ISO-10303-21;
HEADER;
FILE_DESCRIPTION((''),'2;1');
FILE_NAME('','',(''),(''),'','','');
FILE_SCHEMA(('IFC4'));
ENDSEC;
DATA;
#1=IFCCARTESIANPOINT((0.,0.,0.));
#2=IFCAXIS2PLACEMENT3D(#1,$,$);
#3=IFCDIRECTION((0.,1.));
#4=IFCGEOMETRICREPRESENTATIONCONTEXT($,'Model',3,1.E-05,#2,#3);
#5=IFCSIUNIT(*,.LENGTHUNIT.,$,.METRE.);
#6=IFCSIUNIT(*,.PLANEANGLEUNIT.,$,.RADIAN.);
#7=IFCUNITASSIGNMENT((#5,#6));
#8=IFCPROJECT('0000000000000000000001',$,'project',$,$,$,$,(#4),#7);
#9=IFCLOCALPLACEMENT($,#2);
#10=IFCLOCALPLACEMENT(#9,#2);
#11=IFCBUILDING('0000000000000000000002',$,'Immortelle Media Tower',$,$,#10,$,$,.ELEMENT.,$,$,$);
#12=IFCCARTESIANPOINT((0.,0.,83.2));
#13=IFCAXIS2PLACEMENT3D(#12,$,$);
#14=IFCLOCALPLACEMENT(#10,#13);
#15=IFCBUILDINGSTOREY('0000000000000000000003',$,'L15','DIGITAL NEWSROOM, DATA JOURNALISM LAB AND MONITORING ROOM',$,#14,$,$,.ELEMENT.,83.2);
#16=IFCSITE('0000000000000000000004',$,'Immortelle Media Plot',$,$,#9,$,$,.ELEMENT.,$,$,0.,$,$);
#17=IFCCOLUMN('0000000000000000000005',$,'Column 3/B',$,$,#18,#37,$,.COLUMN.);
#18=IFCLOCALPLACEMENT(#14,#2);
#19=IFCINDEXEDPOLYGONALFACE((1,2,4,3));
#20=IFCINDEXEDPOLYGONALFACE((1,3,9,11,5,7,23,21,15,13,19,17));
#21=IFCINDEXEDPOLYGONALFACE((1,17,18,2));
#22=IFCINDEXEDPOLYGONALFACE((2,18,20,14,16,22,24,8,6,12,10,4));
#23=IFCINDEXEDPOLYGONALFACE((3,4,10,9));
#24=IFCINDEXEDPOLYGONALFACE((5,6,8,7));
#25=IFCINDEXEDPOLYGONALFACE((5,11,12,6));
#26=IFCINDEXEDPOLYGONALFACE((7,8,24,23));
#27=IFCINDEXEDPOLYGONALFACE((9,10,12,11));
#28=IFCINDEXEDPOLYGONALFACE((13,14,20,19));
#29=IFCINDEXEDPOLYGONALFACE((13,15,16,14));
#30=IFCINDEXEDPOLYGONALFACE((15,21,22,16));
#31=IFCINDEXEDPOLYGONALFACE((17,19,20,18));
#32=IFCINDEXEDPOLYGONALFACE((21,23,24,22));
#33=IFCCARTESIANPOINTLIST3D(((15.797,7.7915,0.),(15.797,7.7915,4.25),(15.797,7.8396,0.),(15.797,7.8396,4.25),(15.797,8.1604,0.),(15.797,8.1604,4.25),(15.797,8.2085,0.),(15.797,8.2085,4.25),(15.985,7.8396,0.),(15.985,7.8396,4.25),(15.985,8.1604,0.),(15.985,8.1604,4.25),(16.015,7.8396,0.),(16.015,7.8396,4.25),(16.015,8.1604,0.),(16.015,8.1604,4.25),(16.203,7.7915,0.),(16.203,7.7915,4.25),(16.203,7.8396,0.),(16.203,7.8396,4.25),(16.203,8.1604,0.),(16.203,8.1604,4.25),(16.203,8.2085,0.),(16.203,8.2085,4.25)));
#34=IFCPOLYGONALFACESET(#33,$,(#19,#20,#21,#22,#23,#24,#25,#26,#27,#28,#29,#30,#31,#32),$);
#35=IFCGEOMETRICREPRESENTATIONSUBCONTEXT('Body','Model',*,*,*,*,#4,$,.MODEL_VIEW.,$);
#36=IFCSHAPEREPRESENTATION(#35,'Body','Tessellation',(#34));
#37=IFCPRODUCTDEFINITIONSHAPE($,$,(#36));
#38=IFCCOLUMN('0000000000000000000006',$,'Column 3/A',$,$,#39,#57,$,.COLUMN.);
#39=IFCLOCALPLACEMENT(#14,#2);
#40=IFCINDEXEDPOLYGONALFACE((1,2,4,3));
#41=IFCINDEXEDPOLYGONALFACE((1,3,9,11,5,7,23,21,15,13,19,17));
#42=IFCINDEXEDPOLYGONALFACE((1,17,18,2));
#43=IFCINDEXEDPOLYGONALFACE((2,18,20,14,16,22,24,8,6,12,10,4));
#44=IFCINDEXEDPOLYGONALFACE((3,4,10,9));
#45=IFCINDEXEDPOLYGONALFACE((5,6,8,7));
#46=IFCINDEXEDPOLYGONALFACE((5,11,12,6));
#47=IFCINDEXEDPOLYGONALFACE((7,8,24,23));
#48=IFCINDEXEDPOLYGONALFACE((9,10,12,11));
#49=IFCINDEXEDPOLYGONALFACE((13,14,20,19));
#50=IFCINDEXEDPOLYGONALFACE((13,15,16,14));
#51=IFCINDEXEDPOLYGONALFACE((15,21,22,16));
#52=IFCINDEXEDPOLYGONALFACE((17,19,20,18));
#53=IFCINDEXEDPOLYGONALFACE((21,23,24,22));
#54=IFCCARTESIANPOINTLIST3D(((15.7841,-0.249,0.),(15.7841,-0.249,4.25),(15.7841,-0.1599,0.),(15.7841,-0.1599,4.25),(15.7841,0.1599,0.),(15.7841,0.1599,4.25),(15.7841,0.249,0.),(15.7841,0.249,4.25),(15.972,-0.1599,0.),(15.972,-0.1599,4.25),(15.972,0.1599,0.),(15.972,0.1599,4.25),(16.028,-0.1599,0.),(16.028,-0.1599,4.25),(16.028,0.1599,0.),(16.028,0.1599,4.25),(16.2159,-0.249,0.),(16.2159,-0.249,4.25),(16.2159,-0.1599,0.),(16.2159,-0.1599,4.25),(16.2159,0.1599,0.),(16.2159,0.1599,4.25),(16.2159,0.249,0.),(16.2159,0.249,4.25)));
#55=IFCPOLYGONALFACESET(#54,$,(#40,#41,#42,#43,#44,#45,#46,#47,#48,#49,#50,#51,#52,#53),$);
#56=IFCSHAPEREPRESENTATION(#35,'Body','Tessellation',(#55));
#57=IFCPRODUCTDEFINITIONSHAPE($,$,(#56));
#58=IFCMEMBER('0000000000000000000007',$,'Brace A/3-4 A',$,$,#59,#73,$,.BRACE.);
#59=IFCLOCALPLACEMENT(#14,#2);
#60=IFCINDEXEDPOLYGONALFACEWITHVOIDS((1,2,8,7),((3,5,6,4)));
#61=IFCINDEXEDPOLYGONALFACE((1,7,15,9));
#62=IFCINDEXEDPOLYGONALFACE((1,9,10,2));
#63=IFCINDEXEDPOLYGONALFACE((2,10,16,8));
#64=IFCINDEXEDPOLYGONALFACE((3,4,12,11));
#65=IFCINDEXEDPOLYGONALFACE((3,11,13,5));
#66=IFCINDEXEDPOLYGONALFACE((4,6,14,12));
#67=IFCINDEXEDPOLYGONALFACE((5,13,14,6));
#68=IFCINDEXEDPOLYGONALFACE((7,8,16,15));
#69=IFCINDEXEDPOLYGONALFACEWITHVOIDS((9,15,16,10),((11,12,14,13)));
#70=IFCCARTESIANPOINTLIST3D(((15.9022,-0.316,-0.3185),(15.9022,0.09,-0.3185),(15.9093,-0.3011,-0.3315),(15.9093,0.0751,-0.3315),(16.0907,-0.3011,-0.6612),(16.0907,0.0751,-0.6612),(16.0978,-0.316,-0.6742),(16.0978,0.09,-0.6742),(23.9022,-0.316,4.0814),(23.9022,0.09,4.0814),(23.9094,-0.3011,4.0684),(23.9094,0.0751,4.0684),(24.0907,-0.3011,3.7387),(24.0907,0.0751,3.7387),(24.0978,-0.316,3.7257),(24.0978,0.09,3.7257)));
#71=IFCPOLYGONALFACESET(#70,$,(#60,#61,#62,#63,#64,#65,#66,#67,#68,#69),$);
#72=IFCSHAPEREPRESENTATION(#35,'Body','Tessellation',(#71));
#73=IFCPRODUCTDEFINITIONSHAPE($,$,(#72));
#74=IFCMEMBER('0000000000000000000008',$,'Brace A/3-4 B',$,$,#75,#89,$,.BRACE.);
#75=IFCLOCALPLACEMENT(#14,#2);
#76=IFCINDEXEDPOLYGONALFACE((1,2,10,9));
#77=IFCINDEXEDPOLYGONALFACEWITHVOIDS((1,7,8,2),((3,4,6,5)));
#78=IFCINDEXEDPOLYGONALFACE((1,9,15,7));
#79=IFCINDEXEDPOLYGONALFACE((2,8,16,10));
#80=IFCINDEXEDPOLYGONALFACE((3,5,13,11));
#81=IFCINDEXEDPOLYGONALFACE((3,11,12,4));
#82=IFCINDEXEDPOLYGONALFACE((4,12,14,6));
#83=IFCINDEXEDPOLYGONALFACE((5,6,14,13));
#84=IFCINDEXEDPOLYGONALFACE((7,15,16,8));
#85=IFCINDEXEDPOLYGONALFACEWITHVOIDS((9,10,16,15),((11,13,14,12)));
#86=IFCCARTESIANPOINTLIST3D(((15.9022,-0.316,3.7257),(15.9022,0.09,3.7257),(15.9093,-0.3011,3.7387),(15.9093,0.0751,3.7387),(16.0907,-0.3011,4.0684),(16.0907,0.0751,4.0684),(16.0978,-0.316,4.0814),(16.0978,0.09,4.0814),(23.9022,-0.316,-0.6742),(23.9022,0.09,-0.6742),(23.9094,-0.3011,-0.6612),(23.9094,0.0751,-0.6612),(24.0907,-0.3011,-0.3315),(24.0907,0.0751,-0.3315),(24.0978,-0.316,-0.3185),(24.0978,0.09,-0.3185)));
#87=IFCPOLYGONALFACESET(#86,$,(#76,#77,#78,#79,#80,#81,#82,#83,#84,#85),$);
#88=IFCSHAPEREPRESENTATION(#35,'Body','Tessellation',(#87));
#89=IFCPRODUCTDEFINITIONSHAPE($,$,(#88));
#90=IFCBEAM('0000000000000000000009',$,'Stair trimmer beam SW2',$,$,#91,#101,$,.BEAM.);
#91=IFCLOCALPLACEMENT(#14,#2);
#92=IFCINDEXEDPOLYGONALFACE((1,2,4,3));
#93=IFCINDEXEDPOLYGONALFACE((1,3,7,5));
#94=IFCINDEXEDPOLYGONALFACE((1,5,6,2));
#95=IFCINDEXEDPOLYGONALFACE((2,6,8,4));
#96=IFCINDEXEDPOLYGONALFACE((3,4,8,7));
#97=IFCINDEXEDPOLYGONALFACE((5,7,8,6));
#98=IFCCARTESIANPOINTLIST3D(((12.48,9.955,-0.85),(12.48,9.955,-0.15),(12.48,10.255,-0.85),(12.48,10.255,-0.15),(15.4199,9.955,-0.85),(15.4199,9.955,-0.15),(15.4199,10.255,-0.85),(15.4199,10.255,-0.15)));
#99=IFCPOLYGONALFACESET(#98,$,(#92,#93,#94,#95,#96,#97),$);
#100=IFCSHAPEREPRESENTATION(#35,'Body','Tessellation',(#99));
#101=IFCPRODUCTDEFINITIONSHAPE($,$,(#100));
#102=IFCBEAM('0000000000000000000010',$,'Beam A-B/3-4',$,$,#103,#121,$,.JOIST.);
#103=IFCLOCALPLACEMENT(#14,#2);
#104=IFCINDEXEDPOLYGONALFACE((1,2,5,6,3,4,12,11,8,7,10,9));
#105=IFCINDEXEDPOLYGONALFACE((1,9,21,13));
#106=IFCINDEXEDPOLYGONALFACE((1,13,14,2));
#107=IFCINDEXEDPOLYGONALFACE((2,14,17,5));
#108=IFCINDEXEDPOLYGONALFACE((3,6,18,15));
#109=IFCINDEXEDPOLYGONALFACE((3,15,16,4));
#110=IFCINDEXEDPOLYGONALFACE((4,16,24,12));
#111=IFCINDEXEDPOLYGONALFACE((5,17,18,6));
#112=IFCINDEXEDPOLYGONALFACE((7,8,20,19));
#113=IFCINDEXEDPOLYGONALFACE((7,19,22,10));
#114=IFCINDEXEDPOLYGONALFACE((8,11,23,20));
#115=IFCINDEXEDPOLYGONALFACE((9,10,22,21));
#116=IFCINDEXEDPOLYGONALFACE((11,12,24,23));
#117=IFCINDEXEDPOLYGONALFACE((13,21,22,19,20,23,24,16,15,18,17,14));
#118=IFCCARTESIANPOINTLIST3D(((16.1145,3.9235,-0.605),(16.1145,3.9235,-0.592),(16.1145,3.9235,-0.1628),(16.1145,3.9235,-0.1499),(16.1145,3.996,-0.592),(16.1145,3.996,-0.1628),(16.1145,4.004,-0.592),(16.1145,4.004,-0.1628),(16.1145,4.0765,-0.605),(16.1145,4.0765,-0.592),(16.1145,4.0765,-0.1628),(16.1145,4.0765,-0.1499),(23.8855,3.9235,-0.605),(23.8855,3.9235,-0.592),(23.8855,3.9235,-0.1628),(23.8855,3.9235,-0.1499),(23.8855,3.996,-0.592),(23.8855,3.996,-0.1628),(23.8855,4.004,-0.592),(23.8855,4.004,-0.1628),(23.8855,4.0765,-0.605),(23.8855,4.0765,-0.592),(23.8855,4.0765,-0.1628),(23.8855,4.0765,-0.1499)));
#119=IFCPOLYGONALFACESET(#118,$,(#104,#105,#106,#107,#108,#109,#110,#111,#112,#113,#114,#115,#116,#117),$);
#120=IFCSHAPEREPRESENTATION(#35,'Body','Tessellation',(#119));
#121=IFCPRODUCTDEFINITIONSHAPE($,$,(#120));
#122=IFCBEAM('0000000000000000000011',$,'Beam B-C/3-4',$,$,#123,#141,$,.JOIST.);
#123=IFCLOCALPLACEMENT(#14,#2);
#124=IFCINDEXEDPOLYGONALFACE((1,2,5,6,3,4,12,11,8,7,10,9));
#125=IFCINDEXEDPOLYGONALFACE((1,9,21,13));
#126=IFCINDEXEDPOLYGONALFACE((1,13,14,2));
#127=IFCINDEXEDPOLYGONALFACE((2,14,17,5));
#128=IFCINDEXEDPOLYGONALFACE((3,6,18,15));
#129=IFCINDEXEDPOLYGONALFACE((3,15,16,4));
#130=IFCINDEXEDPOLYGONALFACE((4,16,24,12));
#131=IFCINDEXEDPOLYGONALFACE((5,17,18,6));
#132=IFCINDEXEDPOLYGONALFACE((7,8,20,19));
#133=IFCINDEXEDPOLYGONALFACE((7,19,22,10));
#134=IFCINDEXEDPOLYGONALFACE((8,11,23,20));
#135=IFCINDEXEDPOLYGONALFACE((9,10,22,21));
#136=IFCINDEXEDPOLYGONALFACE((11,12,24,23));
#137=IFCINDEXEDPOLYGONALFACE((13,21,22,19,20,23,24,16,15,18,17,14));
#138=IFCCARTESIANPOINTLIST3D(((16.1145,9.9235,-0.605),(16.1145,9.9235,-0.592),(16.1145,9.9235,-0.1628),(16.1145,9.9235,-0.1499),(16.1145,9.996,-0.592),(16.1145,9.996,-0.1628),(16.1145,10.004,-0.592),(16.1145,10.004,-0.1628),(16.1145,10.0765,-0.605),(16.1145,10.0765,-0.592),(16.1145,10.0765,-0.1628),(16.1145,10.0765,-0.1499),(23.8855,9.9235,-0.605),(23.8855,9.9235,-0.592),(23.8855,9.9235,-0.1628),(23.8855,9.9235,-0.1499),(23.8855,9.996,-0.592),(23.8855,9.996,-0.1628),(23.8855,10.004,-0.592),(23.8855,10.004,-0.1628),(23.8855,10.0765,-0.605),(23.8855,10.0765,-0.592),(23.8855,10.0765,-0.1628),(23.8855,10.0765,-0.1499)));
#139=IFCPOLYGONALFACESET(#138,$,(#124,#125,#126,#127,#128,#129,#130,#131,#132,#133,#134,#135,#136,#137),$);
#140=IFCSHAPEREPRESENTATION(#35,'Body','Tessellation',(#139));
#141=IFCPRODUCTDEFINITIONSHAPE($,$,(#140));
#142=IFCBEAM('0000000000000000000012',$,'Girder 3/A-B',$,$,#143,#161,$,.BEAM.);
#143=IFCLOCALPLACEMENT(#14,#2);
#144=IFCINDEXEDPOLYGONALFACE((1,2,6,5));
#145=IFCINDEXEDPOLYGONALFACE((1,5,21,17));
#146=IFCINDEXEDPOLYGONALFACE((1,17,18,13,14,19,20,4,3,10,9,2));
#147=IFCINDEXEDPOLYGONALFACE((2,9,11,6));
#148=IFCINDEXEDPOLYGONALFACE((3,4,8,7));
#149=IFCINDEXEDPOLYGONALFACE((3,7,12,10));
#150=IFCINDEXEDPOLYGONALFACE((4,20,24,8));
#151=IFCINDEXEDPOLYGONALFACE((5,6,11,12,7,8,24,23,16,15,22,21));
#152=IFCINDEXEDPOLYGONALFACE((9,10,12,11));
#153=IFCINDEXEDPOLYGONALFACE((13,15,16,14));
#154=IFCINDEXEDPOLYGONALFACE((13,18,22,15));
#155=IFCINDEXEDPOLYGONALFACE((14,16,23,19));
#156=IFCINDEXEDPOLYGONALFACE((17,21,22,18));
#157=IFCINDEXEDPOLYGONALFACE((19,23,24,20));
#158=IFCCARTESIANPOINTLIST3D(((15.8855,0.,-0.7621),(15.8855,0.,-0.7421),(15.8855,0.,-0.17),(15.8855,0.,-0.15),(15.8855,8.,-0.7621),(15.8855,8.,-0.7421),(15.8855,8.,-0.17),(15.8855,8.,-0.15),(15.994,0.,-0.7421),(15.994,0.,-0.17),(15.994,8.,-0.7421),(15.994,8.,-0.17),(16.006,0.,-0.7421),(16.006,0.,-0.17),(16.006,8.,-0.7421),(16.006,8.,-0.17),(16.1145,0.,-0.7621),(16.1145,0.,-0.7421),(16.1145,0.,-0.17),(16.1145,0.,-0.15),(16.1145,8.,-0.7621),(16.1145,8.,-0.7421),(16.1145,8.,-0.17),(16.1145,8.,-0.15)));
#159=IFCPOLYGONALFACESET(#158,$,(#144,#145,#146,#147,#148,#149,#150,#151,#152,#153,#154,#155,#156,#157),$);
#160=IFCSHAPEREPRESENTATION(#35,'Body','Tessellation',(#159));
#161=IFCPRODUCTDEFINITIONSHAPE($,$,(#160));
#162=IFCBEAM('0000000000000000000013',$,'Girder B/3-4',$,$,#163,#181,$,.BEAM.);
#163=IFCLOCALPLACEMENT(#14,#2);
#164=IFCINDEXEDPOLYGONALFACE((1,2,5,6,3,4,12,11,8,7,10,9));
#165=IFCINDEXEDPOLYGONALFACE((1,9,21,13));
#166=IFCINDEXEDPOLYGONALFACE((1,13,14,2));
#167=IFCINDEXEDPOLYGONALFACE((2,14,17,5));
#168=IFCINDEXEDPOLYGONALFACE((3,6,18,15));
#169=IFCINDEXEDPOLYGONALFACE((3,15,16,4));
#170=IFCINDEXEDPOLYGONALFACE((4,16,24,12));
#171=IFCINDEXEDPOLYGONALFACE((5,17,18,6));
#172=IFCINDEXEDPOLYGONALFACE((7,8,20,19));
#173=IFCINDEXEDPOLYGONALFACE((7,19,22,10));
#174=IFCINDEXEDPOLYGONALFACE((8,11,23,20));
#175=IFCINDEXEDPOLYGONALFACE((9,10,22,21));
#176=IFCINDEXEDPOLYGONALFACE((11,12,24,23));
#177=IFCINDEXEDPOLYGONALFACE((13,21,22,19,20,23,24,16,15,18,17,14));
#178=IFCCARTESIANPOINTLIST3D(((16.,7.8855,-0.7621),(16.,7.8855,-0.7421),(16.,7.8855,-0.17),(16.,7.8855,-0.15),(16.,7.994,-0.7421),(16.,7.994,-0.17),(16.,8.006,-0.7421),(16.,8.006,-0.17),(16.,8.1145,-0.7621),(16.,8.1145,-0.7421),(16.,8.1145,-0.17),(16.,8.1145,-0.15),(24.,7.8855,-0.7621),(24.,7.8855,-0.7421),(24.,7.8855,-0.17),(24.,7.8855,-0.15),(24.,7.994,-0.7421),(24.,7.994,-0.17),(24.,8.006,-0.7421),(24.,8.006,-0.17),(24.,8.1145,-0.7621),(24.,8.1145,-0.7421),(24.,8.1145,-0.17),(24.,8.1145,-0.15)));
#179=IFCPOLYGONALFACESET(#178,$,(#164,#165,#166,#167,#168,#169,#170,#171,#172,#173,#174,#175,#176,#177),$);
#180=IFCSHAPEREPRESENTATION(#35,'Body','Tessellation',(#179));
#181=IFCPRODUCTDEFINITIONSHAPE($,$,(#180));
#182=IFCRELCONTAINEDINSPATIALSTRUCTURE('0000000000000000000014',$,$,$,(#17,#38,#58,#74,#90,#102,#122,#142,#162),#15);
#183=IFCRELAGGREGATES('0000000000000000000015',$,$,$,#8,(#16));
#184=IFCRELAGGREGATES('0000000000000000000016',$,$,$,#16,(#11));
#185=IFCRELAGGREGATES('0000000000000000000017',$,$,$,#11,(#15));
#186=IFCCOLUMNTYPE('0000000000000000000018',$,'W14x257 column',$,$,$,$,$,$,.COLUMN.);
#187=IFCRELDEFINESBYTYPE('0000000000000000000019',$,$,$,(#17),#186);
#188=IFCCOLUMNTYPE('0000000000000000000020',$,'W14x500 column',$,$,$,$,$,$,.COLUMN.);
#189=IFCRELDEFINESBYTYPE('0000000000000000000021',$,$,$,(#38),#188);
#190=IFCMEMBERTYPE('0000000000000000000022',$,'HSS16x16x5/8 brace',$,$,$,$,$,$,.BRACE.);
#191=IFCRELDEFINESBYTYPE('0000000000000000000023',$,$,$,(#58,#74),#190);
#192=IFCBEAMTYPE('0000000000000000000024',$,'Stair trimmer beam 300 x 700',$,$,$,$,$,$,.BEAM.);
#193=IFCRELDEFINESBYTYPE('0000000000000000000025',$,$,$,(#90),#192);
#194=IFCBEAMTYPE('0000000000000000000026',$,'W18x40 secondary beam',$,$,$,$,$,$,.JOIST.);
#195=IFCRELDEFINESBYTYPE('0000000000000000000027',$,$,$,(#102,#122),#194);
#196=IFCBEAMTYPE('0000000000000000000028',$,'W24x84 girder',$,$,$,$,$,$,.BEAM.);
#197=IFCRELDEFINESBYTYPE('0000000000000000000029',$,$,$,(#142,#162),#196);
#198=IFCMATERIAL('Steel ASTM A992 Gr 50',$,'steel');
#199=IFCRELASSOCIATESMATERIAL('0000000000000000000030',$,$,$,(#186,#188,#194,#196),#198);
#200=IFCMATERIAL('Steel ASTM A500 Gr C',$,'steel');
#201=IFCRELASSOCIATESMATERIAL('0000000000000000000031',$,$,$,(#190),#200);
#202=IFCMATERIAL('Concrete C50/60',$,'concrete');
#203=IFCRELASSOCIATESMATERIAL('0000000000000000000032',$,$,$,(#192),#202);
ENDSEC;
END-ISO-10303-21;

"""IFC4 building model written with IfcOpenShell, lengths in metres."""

from ifc_helpers import new_model, si_unit, direction, frame, origin, origin_2d, place, context, subcontext, project, spatial, rectangle, hollow_rectangle, i_section, extrude, material, material_profile, profile_set, type_object, element, save


model = new_model("IFC4")

# Units and contexts
model_context = context("Model", 3, precision=1e-05, world=origin(), true_north=direction((0.0, 1.0)))
body_context = subcontext(model_context, "Body", "Model", "MODEL_VIEW")
ifc_project = project(units=[si_unit("LENGTHUNIT", "METRE"), si_unit("PLANEANGLEUNIT", "RADIAN")], contexts=[model_context])

# Site, building, storey
site_placement = place(None, origin())
site = spatial("IfcSite", under=ifc_project, at=site_placement, Name="Immortelle Media Plot", CompositionType="ELEMENT", RefElevation=0.0)
building_placement = place(site_placement, origin())
building = spatial("IfcBuilding", under=site, at=building_placement, Name="Immortelle Media Tower", CompositionType="ELEMENT")
storey_placement = place(building_placement, frame((0.0, 0.0, 83.2)))
storey = spatial("IfcBuildingStorey", under=building, at=storey_placement, Name="L15", Description="DIGITAL NEWSROOM, DATA JOURNALISM LAB AND MONITORING ROOM", CompositionType="ELEMENT", Elevation=83.2)

# Columns
ifc_material_1 = material(Name="Steel ASTM A992 Gr 50", Category="steel")
ifc_material_profile_1 = material_profile(ifc_material_1, i_section(OverallWidth=0.406, OverallDepth=0.417, WebThickness=0.03, FlangeThickness=0.0481, at=origin_2d()), Name="W14x257")
ifc_profile_set_1 = profile_set([ifc_material_profile_1], Name="Steel ASTM A992 Gr 50")
column_type_1 = type_object("IfcColumnType", Name="W14x257 column", PredefinedType="COLUMN", material=ifc_profile_set_1)
column_1_placement = place(storey_placement, frame((16.0, 8.0, 0.0), z_axis=(0.0, 0.0, 1.0), x_axis=(1.0, 0.0, 0.0)))
element("IfcColumn", 1, at=column_1_placement, inside=storey, type_object=column_type_1, Name="Column 3/B", PredefinedType="COLUMN", context=body_context, shape_type="SweptSolid", body=[
    extrude(i_section(OverallWidth=0.406, OverallDepth=0.417, WebThickness=0.03, FlangeThickness=0.0481, at=origin_2d()), origin(), (0.0, 0.0, 1.0), 4.25),
])
ifc_material_profile_2 = material_profile(ifc_material_1, i_section(OverallWidth=0.4319, OverallDepth=0.498, WebThickness=0.0559, FlangeThickness=0.0891, at=origin_2d()), Name="W14x500")
ifc_profile_set_2 = profile_set([ifc_material_profile_2], Name="Steel ASTM A992 Gr 50")
column_type_2 = type_object("IfcColumnType", Name="W14x500 column", PredefinedType="COLUMN", material=ifc_profile_set_2)
column_2_placement = place(storey_placement, frame((16.0, 0.0, 0.0), z_axis=(0.0, 0.0, 1.0), x_axis=(1.0, 0.0, 0.0)))
element("IfcColumn", 2, at=column_2_placement, inside=storey, type_object=column_type_2, Name="Column 3/A", PredefinedType="COLUMN", context=body_context, shape_type="SweptSolid", body=[
    extrude(i_section(OverallWidth=0.4319, OverallDepth=0.498, WebThickness=0.0559, FlangeThickness=0.0891, at=origin_2d()), origin(), (0.0, 0.0, 1.0), 4.25),
])

# Members
ifc_material_2 = material(Name="Steel ASTM A500 Gr C", Category="steel")
ifc_material_profile_3 = material_profile(ifc_material_2, hollow_rectangle(XDim=0.406, YDim=0.406, WallThickness=0.0149, at=origin_2d()), Name="HSS16x16x5/8 brace")
ifc_profile_set_3 = profile_set([ifc_material_profile_3], Name="Steel ASTM A500 Gr C")
member_type = type_object("IfcMemberType", Name="HSS16x16x5/8 brace", PredefinedType="BRACE", material=ifc_profile_set_3)
for number, where, z_axis, x_axis, name in (
    (3, (16.0, -0.113, -0.4963), (0.87622, 0.0, 0.481911), (0.0, 1.0, 0.0), "Brace A/3-4 A"),
    (4, (16.0, -0.113, 3.9036), (0.87622, 0.0, -0.481911), (0.0, 1.0, 0.0), "Brace A/3-4 B"),
):
    element("IfcMember", number, at=place(storey_placement, frame(where, z_axis=z_axis, x_axis=x_axis)), inside=storey, type_object=member_type, Name=name, PredefinedType="BRACE", context=body_context, shape_type="SweptSolid", body=[
        extrude(hollow_rectangle(XDim=0.406, YDim=0.406, WallThickness=0.0149, at=origin_2d()), origin(), (0.0, 0.0, 1.0), 9.1301),
    ])

# Beams
ifc_material_3 = material(Name="Concrete C50/60", Category="concrete")
ifc_material_profile_4 = material_profile(ifc_material_3, rectangle(XDim=0.3, YDim=0.7, at=origin_2d()), Name="RC 300x700")
ifc_profile_set_4 = profile_set([ifc_material_profile_4], Name="Concrete C50/60")
beam_type_1 = type_object("IfcBeamType", Name="Stair trimmer beam 300 x 700", PredefinedType="BEAM", material=ifc_profile_set_4)
beam_1_placement = place(storey_placement, frame((12.48, 10.105, -0.5), z_axis=(1.0, 0.0, 0.0), x_axis=(0.0, 1.0, 0.0)))
element("IfcBeam", 5, at=beam_1_placement, inside=storey, type_object=beam_type_1, Name="Stair trimmer beam SW2", PredefinedType="BEAM", context=body_context, shape_type="SweptSolid", body=[
    extrude(rectangle(XDim=0.3, YDim=0.7, at=origin_2d()), origin(), (0.0, 0.0, 1.0), 2.9399),
])
ifc_material_profile_5 = material_profile(ifc_material_1, i_section(OverallWidth=0.1531, OverallDepth=0.4551, WebThickness=0.0081, FlangeThickness=0.0129, at=origin_2d()), Name="W18x40")
ifc_profile_set_5 = profile_set([ifc_material_profile_5], Name="Steel ASTM A992 Gr 50")
beam_type_2 = type_object("IfcBeamType", Name="W18x40 secondary beam", PredefinedType="JOIST", material=ifc_profile_set_5)
for number, where, z_axis, x_axis, name in (
    (6, (16.1145, 4.0, -0.3774), (1.0, 0.0, 0.0), (0.0, 1.0, 0.0), "Beam A-B/3-4"),
    (7, (16.1145, 10.0, -0.3774), (1.0, 0.0, 0.0), (0.0, 1.0, 0.0), "Beam B-C/3-4"),
):
    element("IfcBeam", number, at=place(storey_placement, frame(where, z_axis=z_axis, x_axis=x_axis)), inside=storey, type_object=beam_type_2, Name=name, PredefinedType="JOIST", context=body_context, shape_type="SweptSolid", body=[
        extrude(i_section(OverallWidth=0.1531, OverallDepth=0.4551, WebThickness=0.0081, FlangeThickness=0.0129, at=origin_2d()), origin(), (0.0, 0.0, 1.0), 7.771),
    ])
ifc_material_profile_6 = material_profile(ifc_material_1, i_section(OverallWidth=0.229, OverallDepth=0.6121, WebThickness=0.012, FlangeThickness=0.02, at=origin_2d()), Name="W24x84")
ifc_profile_set_6 = profile_set([ifc_material_profile_6], Name="Steel ASTM A992 Gr 50")
beam_type_3 = type_object("IfcBeamType", Name="W24x84 girder", PredefinedType="BEAM", material=ifc_profile_set_6)
for number, where, z_axis, x_axis, name in (
    (8, (16.0, 0.0, -0.4561), (0.0, 1.0, 0.0), (-1.0, 0.0, 0.0), "Girder 3/A-B"),
    (9, (16.0, 8.0, -0.4561), (1.0, 0.0, 0.0), (0.0, 1.0, 0.0), "Girder B/3-4"),
):
    element("IfcBeam", number, at=place(storey_placement, frame(where, z_axis=z_axis, x_axis=x_axis)), inside=storey, type_object=beam_type_3, Name=name, PredefinedType="BEAM", context=body_context, shape_type="SweptSolid", body=[
        extrude(i_section(OverallWidth=0.229, OverallDepth=0.6121, WebThickness=0.012, FlangeThickness=0.02, at=origin_2d()), origin(), (0.0, 0.0, 1.0), 8.0),
    ])

save(model, "model.ifc")
